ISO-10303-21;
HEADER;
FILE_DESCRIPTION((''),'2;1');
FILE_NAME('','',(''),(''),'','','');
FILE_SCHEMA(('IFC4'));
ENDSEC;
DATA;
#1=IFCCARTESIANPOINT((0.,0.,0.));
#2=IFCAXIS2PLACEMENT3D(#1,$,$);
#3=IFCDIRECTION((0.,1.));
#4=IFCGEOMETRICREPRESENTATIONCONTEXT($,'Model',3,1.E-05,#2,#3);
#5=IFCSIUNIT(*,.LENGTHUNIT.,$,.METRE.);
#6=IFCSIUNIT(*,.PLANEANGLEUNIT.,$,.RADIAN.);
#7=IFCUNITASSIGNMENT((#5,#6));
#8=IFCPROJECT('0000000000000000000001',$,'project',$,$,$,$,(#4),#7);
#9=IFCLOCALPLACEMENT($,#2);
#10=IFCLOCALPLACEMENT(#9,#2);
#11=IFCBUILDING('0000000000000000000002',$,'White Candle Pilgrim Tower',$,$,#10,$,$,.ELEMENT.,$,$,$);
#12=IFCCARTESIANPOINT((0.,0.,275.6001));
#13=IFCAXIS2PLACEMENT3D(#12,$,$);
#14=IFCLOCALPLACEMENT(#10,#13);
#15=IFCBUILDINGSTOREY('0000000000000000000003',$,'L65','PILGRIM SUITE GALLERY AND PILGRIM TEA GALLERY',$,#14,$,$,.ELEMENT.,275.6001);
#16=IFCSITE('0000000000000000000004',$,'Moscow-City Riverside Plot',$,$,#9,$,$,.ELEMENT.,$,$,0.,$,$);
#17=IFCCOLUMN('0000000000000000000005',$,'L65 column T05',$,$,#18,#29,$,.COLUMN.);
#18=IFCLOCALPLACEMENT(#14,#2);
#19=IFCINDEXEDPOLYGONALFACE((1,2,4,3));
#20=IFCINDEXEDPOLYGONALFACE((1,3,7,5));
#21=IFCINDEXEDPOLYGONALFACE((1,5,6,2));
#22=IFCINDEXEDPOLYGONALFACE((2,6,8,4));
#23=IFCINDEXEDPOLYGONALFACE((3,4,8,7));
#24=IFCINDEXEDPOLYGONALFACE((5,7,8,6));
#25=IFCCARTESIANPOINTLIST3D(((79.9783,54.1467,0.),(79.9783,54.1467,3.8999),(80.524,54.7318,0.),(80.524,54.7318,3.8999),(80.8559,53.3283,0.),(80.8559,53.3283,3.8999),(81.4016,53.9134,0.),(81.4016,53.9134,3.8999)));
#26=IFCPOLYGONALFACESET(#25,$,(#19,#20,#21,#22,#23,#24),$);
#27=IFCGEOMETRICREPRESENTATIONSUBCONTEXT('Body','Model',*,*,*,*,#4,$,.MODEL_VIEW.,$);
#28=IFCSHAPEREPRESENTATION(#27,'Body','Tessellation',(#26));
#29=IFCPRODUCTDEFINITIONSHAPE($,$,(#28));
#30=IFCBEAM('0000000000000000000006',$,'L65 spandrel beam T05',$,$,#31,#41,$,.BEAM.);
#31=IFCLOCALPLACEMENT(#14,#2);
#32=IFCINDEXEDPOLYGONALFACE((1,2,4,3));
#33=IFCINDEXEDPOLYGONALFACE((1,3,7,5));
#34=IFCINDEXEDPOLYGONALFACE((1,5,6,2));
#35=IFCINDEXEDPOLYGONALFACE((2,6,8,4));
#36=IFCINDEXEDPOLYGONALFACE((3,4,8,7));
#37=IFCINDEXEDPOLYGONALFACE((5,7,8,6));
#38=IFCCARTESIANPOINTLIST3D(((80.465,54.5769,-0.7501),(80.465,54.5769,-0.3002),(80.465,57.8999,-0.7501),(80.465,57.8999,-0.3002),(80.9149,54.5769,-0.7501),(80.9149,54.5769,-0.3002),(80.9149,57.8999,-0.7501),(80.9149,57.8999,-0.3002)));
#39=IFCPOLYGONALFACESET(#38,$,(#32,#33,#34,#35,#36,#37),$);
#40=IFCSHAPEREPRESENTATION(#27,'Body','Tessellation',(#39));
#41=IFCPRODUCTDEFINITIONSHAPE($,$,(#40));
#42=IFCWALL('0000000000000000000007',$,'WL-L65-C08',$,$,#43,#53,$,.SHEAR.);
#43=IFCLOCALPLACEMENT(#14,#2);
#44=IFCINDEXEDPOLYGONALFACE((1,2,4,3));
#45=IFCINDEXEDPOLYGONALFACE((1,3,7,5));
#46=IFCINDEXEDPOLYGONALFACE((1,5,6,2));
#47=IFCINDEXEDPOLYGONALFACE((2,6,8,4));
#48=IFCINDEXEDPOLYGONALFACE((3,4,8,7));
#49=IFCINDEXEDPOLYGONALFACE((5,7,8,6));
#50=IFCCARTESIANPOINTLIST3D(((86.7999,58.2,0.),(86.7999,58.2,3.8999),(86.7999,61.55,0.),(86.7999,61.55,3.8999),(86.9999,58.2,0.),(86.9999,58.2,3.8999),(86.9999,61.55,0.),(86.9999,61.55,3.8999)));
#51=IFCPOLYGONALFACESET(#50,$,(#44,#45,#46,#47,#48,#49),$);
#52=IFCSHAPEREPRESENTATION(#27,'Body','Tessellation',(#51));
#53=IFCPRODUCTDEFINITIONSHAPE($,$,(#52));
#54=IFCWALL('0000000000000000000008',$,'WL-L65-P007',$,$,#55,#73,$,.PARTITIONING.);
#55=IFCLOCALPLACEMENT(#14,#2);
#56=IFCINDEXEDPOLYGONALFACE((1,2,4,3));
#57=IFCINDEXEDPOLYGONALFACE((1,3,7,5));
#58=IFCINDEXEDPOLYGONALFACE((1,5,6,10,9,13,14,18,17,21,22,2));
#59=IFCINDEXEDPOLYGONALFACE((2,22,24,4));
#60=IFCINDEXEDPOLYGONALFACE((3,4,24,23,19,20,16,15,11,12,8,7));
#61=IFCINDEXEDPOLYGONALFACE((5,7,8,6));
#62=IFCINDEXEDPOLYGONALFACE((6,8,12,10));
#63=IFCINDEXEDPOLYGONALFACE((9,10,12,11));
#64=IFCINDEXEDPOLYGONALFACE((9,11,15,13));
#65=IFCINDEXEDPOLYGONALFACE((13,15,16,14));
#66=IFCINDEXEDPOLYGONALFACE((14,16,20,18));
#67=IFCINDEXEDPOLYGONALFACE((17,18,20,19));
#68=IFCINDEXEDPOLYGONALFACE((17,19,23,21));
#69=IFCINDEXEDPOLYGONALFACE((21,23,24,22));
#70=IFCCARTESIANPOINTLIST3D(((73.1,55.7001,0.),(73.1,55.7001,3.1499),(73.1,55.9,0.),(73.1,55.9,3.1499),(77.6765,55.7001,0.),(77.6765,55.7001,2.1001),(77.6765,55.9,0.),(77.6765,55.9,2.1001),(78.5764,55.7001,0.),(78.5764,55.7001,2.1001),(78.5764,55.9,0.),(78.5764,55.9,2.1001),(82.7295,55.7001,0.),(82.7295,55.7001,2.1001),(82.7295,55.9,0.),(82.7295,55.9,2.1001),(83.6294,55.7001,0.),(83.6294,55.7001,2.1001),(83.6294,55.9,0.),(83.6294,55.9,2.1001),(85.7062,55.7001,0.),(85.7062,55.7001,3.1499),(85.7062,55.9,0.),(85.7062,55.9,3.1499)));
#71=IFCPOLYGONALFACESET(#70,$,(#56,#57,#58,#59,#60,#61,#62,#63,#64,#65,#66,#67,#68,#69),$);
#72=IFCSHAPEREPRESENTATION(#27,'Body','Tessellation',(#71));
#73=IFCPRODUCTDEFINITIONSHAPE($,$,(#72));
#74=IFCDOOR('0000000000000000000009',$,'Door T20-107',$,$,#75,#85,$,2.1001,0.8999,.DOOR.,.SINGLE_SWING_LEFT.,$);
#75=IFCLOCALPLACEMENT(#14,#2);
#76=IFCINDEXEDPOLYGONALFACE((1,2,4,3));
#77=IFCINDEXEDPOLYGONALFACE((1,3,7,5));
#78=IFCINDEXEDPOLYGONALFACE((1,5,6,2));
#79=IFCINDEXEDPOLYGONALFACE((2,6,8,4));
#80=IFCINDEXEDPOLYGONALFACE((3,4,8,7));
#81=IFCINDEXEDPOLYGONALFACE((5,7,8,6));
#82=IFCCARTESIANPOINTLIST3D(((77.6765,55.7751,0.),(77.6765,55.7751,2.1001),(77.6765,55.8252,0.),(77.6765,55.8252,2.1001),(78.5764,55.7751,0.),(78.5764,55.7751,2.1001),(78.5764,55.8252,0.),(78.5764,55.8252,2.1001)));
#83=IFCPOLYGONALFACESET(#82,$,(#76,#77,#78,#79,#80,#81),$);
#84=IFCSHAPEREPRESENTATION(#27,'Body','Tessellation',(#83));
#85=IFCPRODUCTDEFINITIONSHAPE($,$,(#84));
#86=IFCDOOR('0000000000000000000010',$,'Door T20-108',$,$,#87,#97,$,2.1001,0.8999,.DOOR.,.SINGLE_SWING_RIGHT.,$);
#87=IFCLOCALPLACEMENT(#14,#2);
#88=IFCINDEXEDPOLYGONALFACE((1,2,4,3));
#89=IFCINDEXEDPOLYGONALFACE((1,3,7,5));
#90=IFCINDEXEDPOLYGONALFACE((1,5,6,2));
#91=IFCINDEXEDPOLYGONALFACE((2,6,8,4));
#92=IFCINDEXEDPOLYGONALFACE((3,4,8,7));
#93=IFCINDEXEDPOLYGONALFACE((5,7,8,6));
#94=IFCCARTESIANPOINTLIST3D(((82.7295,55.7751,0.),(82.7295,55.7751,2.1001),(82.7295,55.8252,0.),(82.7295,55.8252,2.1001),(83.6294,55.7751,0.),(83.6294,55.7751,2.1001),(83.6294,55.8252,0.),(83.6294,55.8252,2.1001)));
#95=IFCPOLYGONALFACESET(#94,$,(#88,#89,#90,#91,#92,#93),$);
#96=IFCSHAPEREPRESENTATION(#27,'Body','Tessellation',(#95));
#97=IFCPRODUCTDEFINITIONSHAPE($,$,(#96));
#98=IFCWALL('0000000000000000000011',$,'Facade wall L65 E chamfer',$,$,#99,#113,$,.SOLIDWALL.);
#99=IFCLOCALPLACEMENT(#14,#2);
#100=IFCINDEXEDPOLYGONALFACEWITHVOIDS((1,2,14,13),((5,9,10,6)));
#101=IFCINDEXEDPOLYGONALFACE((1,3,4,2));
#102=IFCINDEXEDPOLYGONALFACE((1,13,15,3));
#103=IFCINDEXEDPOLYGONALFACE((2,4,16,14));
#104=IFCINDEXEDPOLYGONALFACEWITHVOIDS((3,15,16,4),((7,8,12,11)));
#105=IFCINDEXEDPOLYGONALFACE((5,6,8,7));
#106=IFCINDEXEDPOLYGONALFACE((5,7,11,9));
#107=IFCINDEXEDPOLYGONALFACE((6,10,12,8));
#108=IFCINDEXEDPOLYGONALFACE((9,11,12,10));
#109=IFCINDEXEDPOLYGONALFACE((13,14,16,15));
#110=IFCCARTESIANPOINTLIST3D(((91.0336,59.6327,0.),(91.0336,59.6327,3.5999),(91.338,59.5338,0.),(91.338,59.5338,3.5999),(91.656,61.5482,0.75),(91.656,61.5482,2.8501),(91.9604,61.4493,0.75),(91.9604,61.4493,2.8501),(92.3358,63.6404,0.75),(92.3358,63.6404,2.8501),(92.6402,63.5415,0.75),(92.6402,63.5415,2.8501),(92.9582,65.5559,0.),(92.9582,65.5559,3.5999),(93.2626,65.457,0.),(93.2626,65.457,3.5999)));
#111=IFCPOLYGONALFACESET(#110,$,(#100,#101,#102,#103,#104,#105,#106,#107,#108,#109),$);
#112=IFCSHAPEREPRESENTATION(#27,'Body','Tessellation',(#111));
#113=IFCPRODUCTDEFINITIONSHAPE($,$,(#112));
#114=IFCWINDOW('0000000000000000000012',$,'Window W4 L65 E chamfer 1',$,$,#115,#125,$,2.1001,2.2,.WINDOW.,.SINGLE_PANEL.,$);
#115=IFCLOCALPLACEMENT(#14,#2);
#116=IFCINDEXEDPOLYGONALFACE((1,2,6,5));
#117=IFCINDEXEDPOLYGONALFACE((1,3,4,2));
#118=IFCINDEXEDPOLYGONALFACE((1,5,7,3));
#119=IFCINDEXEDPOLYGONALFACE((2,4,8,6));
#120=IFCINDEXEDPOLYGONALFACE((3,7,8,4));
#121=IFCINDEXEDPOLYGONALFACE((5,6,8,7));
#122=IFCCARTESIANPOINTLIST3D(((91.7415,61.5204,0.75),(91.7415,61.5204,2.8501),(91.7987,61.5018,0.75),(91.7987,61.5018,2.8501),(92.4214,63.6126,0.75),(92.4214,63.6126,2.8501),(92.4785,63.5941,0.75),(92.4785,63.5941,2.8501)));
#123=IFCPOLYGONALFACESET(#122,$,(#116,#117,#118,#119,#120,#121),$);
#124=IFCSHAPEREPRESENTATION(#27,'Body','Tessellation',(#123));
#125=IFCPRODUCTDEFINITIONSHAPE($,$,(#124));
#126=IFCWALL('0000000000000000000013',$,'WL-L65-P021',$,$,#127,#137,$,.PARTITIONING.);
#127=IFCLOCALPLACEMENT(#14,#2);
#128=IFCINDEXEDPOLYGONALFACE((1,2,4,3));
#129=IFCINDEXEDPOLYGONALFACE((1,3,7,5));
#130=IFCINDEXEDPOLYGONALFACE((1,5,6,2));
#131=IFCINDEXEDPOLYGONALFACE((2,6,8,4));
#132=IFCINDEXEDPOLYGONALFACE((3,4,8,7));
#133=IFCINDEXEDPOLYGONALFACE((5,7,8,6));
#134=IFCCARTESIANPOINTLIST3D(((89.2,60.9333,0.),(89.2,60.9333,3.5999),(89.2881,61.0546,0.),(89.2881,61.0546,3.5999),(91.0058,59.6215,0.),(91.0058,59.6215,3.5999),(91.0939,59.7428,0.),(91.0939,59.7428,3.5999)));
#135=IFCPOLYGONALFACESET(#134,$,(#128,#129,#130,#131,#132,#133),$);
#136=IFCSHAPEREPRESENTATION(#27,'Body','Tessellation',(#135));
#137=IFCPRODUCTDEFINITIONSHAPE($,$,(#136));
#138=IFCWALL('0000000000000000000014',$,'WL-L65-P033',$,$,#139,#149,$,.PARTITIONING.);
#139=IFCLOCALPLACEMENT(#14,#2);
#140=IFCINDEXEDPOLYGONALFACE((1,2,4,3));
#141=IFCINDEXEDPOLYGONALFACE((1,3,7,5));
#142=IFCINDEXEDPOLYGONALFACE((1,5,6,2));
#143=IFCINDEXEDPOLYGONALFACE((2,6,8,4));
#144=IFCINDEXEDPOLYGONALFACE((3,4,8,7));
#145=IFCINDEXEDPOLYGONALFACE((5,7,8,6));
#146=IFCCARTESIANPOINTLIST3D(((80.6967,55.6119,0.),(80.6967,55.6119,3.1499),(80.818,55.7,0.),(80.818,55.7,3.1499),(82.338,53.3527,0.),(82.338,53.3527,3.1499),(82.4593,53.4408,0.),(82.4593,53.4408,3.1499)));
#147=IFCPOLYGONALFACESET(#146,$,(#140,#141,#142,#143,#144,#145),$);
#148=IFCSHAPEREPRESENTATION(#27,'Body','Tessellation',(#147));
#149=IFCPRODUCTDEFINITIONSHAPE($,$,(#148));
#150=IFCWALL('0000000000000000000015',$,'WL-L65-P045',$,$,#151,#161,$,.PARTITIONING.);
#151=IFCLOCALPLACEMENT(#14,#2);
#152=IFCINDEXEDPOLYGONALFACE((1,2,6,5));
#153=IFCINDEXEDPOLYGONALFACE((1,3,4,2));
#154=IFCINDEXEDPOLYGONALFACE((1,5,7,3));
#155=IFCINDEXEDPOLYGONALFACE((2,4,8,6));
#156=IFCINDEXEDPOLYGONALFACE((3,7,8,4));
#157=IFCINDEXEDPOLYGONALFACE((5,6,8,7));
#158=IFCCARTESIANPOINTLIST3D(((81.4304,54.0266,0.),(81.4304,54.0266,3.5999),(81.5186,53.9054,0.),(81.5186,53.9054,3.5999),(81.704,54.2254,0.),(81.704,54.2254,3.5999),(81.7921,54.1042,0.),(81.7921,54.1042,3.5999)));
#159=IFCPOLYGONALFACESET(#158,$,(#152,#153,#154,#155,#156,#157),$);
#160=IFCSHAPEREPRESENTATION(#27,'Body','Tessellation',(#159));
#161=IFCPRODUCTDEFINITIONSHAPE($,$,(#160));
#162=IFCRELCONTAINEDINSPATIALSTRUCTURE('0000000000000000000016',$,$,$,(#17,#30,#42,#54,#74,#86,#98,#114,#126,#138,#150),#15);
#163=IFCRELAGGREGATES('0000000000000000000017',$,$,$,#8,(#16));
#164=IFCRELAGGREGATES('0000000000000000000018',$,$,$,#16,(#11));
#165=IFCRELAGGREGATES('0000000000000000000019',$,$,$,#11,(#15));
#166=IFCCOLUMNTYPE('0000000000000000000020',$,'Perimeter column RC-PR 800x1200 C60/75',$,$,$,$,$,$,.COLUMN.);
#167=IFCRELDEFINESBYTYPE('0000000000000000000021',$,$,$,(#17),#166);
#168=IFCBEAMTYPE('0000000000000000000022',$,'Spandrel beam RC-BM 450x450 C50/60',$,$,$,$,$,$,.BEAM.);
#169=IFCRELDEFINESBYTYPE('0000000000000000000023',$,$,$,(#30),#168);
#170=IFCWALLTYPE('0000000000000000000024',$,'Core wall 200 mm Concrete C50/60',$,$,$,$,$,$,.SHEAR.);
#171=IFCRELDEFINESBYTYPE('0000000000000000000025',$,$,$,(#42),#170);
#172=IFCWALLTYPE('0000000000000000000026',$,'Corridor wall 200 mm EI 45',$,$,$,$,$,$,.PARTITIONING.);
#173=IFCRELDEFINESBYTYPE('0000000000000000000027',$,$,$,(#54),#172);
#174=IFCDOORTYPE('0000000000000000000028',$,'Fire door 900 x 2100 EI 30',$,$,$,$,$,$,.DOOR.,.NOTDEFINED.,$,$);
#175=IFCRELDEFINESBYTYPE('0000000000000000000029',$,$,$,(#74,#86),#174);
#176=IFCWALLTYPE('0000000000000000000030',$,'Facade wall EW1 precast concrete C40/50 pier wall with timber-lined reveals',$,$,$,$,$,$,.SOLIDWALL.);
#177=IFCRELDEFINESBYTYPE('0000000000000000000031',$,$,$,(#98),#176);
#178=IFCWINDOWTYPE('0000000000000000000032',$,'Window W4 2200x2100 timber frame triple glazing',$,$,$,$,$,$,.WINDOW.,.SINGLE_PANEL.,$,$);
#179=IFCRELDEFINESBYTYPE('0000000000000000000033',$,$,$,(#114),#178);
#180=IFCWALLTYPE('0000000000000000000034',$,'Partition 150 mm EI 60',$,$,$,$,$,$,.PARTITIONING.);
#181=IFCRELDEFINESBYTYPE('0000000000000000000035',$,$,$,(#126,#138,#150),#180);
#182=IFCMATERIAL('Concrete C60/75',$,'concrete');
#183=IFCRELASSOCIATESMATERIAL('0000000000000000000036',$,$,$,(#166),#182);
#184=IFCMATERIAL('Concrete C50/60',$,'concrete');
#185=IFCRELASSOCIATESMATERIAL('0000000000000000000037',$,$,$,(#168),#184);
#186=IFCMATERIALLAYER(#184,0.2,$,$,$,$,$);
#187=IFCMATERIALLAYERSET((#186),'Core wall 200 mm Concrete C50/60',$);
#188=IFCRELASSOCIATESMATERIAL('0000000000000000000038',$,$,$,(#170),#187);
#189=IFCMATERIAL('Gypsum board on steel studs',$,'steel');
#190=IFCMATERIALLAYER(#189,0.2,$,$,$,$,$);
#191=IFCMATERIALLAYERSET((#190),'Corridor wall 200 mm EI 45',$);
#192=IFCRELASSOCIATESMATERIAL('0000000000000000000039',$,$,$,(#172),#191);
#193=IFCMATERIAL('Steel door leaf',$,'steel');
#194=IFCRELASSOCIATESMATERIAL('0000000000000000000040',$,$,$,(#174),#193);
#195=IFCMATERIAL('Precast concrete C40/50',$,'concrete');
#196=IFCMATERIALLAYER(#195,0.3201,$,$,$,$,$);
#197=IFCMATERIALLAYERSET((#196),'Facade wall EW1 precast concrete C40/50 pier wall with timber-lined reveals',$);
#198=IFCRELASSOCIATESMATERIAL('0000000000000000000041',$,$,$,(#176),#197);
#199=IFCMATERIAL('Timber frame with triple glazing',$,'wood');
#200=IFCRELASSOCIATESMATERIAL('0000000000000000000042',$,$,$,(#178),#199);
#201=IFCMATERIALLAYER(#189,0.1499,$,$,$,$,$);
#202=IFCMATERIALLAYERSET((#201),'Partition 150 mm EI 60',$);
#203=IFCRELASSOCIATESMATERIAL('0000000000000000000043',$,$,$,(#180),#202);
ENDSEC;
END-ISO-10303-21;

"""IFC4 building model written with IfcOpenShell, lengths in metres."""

from ifc_helpers import new_model, si_unit, direction, frame, frame_2d, origin, origin_2d, place, context, subcontext, project, spatial, rectangle, extrude, material, layer, layer_set, material_profile, profile_set, type_object, element, fill, save


model = new_model("IFC4")

# Units and contexts
model_context = context("Model", 3, precision=1e-05, world=origin(), true_north=direction((0.0, 1.0)))
body_context = subcontext(model_context, "Body", "Model", "MODEL_VIEW")
ifc_project = project(units=[si_unit("LENGTHUNIT", "METRE"), si_unit("PLANEANGLEUNIT", "RADIAN")], contexts=[model_context])

# Site, building, storey
site_placement = place(None, origin())
site = spatial("IfcSite", under=ifc_project, at=site_placement, Name="Moscow-City Riverside Plot", CompositionType="ELEMENT", RefElevation=0.0)
building_placement = place(site_placement, origin())
building = spatial("IfcBuilding", under=site, at=building_placement, Name="White Candle Pilgrim Tower", CompositionType="ELEMENT")
storey_placement = place(building_placement, frame((0.0, 0.0, 275.6001)))
storey = spatial("IfcBuildingStorey", under=building, at=storey_placement, Name="L65", Description="PILGRIM SUITE GALLERY AND PILGRIM TEA GALLERY", CompositionType="ELEMENT", Elevation=275.6001)

# Column
ifc_material_1 = material(Name="Concrete C60/75", Category="concrete")
ifc_material_profile_1 = material_profile(ifc_material_1, rectangle(XDim=0.8, YDim=1.2, at=origin_2d()), Name="RC-PR 800x1200")
ifc_profile_set_1 = profile_set([ifc_material_profile_1], Name="Concrete C60/75")
column_type = type_object("IfcColumnType", Name="Perimeter column RC-PR 800x1200 C60/75", PredefinedType="COLUMN", material=ifc_profile_set_1)
column_placement = place(storey_placement, frame((80.6899, 54.03, 0.0), z_axis=(0.0, 0.0, 1.0), x_axis=(-0.681998, -0.731354, 0.0)))
element("IfcColumn", 1, at=column_placement, inside=storey, type_object=column_type, Name="L65 column T05", PredefinedType="COLUMN", context=body_context, shape_type="SweptSolid", body=[
    extrude(rectangle(XDim=0.8, YDim=1.2, at=origin_2d()), origin(), (0.0, 0.0, 1.0), 3.8999),
])

# Beam
ifc_material_2 = material(Name="Concrete C50/60", Category="concrete")
ifc_material_profile_2 = material_profile(ifc_material_2, rectangle(XDim=0.45, YDim=0.45, at=origin_2d()), Name="RC-BM 450x450")
ifc_profile_set_2 = profile_set([ifc_material_profile_2], Name="Concrete C50/60")
beam_type = type_object("IfcBeamType", Name="Spandrel beam RC-BM 450x450 C50/60", PredefinedType="BEAM", material=ifc_profile_set_2)
beam_placement = place(storey_placement, frame((80.6899, 54.5769, -0.5251), z_axis=(0.0, 1.0, 0.0), x_axis=(-1.0, 0.0, 0.0)))
element("IfcBeam", 2, at=beam_placement, inside=storey, type_object=beam_type, Name="L65 spandrel beam T05", PredefinedType="BEAM", context=body_context, shape_type="SweptSolid", body=[
    extrude(rectangle(XDim=0.45, YDim=0.45, at=origin_2d()), origin(), (0.0, 0.0, 1.0), 3.323),
])

# Wall
ifc_layer_1 = layer(ifc_material_2, 0.2)
ifc_layer_set_1 = layer_set([ifc_layer_1], Name="Core wall 200 mm Concrete C50/60")
wall_type_1 = type_object("IfcWallType", Name="Core wall 200 mm Concrete C50/60", PredefinedType="SHEAR", material=ifc_layer_set_1)
wall_1_placement = place(storey_placement, frame((86.8999, 58.2, 0.0), z_axis=(0.0, 0.0, 1.0), x_axis=(0.0, 1.0, 0.0)))
element("IfcWall", 3, at=wall_1_placement, inside=storey, type_object=wall_type_1, Name="WL-L65-C08", PredefinedType="SHEAR", context=body_context, shape_type="SweptSolid", body=[
    extrude(rectangle(XDim=3.3501, YDim=0.2, at=frame_2d((1.675, 0.0))), origin(), (0.0, 0.0, 1.0), 3.8999),
])

# Wall, openings, doors
ifc_material_3 = material(Name="Gypsum board on steel studs", Category="steel")
ifc_layer_2 = layer(ifc_material_3, 0.2)
ifc_layer_set_2 = layer_set([ifc_layer_2], Name="Corridor wall 200 mm EI 45")
wall_type_2 = type_object("IfcWallType", Name="Corridor wall 200 mm EI 45", PredefinedType="PARTITIONING", material=ifc_layer_set_2)
wall_2_placement = place(storey_placement, frame((85.7063, 55.8, 0.0), z_axis=(0.0, 0.0, 1.0), x_axis=(-1.0, 0.0, 0.0)))
wall_2 = element("IfcWall", 4, at=wall_2_placement, inside=storey, type_object=wall_type_2, Name="WL-L65-P007", PredefinedType="PARTITIONING", context=body_context, shape_type="SweptSolid", body=[
    extrude(rectangle(XDim=12.6062, YDim=0.2, at=frame_2d((6.3032, 0.0))), origin(), (0.0, 0.0, 1.0), 3.1499),
])
opening_1_placement = place(wall_2_placement, frame((7.1299, 0.0, 0.0)))
opening_1 = element("IfcOpeningElement", 5, at=opening_1_placement, cuts=wall_2, PredefinedType="OPENING", context=body_context, shape_type="SweptSolid", body=[
    extrude(rectangle(XDim=0.8999, YDim=2.1001, at=frame_2d((0.45, 1.05))), frame((0.0, 0.1099, 0.0), z_axis=(0.0, -1.0, 0.0), x_axis=(1.0, 0.0, 0.0)), (0.0, 0.0, 1.0), 0.22),
])
opening_2_placement = place(wall_2_placement, frame((2.0769, 0.0, 0.0)))
opening_2 = element("IfcOpeningElement", 6, at=opening_2_placement, cuts=wall_2, PredefinedType="OPENING", context=body_context, shape_type="SweptSolid", body=[
    extrude(rectangle(XDim=0.8999, YDim=2.1001, at=frame_2d((0.45, 1.05))), frame((0.0, 0.1099, 0.0), z_axis=(0.0, -1.0, 0.0), x_axis=(1.0, 0.0, 0.0)), (0.0, 0.0, 1.0), 0.22),
])
ifc_material_4 = material(Name="Steel door leaf", Category="steel")
door_type_1 = type_object("IfcDoorType", Name="Fire door 900 x 2100 EI 30", OperationType="NOTDEFINED", PredefinedType="DOOR", material=ifc_material_4)
door_1_placement = place(opening_1_placement, origin())
door_1 = element("IfcDoor", 7, at=door_1_placement, inside=storey, type_object=door_type_1, Name="Door T20-107", OperationType="SINGLE_SWING_LEFT", OverallHeight=2.1001, OverallWidth=0.8999, PredefinedType="DOOR", context=body_context, shape_type="SweptSolid", body=[
    extrude(rectangle(XDim=0.8999, YDim=2.1001, at=frame_2d((0.45, 1.05))), frame((0.0, 0.0249, 0.0), z_axis=(0.0, -1.0, 0.0), x_axis=(1.0, 0.0, 0.0)), (0.0, 0.0, 1.0), 0.05),
])
fill(opening_1, door_1)
door_2_placement = place(opening_2_placement, origin())
door_2 = element("IfcDoor", 8, at=door_2_placement, inside=storey, type_object=door_type_1, Name="Door T20-108", OperationType="SINGLE_SWING_RIGHT", OverallHeight=2.1001, OverallWidth=0.8999, PredefinedType="DOOR", context=body_context, shape_type="SweptSolid", body=[
    extrude(rectangle(XDim=0.8999, YDim=2.1001, at=frame_2d((0.45, 1.05))), frame((0.0, 0.0249, 0.0), z_axis=(0.0, -1.0, 0.0), x_axis=(1.0, 0.0, 0.0)), (0.0, 0.0, 1.0), 0.05),
])
fill(opening_2, door_2)

# Wall, opening, window
ifc_material_5 = material(Name="Precast concrete C40/50", Category="concrete")
ifc_layer_3 = layer(ifc_material_5, 0.3201)
ifc_layer_set_3 = layer_set([ifc_layer_3], Name="Facade wall EW1 precast concrete C40/50 pier wall with timber-lined reveals")
wall_type_3 = type_object("IfcWallType", Name="Facade wall EW1 precast concrete C40/50 pier wall with timber-lined reveals", PredefinedType="SOLIDWALL", material=ifc_layer_set_3)
wall_3_placement = place(storey_placement, frame((91.1858, 59.5833, 0.0), z_axis=(0.0, 0.0, 1.0), x_axis=(0.309021, 0.951055, 0.0)))
wall_3 = element("IfcWall", 9, at=wall_3_placement, inside=storey, type_object=wall_type_3, Name="Facade wall L65 E chamfer", PredefinedType="SOLIDWALL", context=body_context, shape_type="SweptSolid", body=[
    extrude(rectangle(XDim=6.228, YDim=0.3201, at=frame_2d((3.114, 0.0))), origin(), (0.0, 0.0, 1.0), 3.5999),
])
opening_3_placement = place(wall_3_placement, frame((2.0139, 0.0, 0.75)))
opening_3 = element("IfcOpeningElement", 10, at=opening_3_placement, cuts=wall_3, PredefinedType="OPENING", context=body_context, shape_type="SweptSolid", body=[
    extrude(rectangle(XDim=2.2, YDim=2.1001, at=frame_2d((1.1001, 1.05))), frame((0.0, 0.1699, 0.0), z_axis=(0.0, -1.0, 0.0), x_axis=(1.0, 0.0, 0.0)), (0.0, 0.0, 1.0), 0.3401),
])
ifc_material_6 = material(Name="Timber frame with triple glazing", Category="wood")
window_type = type_object("IfcWindowType", Name="Window W4 2200x2100 timber frame triple glazing", PartitioningType="SINGLE_PANEL", PredefinedType="WINDOW", material=ifc_material_6)
window_placement = place(opening_3_placement, origin())
window = element("IfcWindow", 11, at=window_placement, inside=storey, type_object=window_type, Name="Window W4 L65 E chamfer 1", OverallHeight=2.1001, OverallWidth=2.2, PartitioningType="SINGLE_PANEL", PredefinedType="WINDOW", context=body_context, shape_type="SweptSolid", body=[
    extrude(rectangle(XDim=2.2, YDim=2.1001, at=frame_2d((1.1001, 1.05))), frame((0.0, 0.0701, 0.0), z_axis=(0.0, -1.0, 0.0), x_axis=(1.0, 0.0, 0.0)), (0.0, 0.0, 1.0), 0.0601),
])
fill(opening_3, window)

# Walls
ifc_layer_4 = layer(ifc_material_3, 0.1499)
ifc_layer_set_4 = layer_set([ifc_layer_4], Name="Partition 150 mm EI 60")
wall_type_4 = type_object("IfcWallType", Name="Partition 150 mm EI 60", PredefinedType="PARTITIONING", material=ifc_layer_set_4)
wall_4_placement = place(storey_placement, frame((91.0498, 59.6821, 0.0), z_axis=(0.0, 0.0, 1.0), x_axis=(-0.809043, 0.587749, 0.0)))
element("IfcWall", 12, at=wall_4_placement, inside=storey, type_object=wall_type_4, Name="WL-L65-P021", PredefinedType="PARTITIONING", context=body_context, shape_type="SweptSolid", body=[
    extrude(rectangle(XDim=2.2319, YDim=0.1499, at=frame_2d((1.116, 0.0))), origin(), (0.0, 0.0, 1.0), 3.5999),
])
wall_5_placement = place(storey_placement, frame((82.3987, 53.3967, 0.0), z_axis=(0.0, 0.0, 1.0), x_axis=(-0.587761, 0.809035, 0.0)))
element("IfcWall", 13, at=wall_5_placement, inside=storey, type_object=wall_type_4, Name="WL-L65-P033", PredefinedType="PARTITIONING", context=body_context, shape_type="SweptSolid", body=[
    extrude(rectangle(XDim=2.7925, YDim=0.1499, at=frame_2d((1.3962, 0.0))), origin(), (0.0, 0.0, 1.0), 3.1499),
])
wall_6_placement = place(storey_placement, frame((81.4746, 53.9661, 0.0), z_axis=(0.0, 0.0, 1.0), x_axis=(0.808923, 0.587914, 0.0)))
element("IfcWall", 14, at=wall_6_placement, inside=storey, type_object=wall_type_4, Name="WL-L65-P045", PredefinedType="PARTITIONING", context=body_context, shape_type="SweptSolid", body=[
    extrude(rectangle(XDim=0.3381, YDim=0.1499, at=frame_2d((0.1689, 0.0))), origin(), (0.0, 0.0, 1.0), 3.5999),
])

save(model, "model.ifc")
